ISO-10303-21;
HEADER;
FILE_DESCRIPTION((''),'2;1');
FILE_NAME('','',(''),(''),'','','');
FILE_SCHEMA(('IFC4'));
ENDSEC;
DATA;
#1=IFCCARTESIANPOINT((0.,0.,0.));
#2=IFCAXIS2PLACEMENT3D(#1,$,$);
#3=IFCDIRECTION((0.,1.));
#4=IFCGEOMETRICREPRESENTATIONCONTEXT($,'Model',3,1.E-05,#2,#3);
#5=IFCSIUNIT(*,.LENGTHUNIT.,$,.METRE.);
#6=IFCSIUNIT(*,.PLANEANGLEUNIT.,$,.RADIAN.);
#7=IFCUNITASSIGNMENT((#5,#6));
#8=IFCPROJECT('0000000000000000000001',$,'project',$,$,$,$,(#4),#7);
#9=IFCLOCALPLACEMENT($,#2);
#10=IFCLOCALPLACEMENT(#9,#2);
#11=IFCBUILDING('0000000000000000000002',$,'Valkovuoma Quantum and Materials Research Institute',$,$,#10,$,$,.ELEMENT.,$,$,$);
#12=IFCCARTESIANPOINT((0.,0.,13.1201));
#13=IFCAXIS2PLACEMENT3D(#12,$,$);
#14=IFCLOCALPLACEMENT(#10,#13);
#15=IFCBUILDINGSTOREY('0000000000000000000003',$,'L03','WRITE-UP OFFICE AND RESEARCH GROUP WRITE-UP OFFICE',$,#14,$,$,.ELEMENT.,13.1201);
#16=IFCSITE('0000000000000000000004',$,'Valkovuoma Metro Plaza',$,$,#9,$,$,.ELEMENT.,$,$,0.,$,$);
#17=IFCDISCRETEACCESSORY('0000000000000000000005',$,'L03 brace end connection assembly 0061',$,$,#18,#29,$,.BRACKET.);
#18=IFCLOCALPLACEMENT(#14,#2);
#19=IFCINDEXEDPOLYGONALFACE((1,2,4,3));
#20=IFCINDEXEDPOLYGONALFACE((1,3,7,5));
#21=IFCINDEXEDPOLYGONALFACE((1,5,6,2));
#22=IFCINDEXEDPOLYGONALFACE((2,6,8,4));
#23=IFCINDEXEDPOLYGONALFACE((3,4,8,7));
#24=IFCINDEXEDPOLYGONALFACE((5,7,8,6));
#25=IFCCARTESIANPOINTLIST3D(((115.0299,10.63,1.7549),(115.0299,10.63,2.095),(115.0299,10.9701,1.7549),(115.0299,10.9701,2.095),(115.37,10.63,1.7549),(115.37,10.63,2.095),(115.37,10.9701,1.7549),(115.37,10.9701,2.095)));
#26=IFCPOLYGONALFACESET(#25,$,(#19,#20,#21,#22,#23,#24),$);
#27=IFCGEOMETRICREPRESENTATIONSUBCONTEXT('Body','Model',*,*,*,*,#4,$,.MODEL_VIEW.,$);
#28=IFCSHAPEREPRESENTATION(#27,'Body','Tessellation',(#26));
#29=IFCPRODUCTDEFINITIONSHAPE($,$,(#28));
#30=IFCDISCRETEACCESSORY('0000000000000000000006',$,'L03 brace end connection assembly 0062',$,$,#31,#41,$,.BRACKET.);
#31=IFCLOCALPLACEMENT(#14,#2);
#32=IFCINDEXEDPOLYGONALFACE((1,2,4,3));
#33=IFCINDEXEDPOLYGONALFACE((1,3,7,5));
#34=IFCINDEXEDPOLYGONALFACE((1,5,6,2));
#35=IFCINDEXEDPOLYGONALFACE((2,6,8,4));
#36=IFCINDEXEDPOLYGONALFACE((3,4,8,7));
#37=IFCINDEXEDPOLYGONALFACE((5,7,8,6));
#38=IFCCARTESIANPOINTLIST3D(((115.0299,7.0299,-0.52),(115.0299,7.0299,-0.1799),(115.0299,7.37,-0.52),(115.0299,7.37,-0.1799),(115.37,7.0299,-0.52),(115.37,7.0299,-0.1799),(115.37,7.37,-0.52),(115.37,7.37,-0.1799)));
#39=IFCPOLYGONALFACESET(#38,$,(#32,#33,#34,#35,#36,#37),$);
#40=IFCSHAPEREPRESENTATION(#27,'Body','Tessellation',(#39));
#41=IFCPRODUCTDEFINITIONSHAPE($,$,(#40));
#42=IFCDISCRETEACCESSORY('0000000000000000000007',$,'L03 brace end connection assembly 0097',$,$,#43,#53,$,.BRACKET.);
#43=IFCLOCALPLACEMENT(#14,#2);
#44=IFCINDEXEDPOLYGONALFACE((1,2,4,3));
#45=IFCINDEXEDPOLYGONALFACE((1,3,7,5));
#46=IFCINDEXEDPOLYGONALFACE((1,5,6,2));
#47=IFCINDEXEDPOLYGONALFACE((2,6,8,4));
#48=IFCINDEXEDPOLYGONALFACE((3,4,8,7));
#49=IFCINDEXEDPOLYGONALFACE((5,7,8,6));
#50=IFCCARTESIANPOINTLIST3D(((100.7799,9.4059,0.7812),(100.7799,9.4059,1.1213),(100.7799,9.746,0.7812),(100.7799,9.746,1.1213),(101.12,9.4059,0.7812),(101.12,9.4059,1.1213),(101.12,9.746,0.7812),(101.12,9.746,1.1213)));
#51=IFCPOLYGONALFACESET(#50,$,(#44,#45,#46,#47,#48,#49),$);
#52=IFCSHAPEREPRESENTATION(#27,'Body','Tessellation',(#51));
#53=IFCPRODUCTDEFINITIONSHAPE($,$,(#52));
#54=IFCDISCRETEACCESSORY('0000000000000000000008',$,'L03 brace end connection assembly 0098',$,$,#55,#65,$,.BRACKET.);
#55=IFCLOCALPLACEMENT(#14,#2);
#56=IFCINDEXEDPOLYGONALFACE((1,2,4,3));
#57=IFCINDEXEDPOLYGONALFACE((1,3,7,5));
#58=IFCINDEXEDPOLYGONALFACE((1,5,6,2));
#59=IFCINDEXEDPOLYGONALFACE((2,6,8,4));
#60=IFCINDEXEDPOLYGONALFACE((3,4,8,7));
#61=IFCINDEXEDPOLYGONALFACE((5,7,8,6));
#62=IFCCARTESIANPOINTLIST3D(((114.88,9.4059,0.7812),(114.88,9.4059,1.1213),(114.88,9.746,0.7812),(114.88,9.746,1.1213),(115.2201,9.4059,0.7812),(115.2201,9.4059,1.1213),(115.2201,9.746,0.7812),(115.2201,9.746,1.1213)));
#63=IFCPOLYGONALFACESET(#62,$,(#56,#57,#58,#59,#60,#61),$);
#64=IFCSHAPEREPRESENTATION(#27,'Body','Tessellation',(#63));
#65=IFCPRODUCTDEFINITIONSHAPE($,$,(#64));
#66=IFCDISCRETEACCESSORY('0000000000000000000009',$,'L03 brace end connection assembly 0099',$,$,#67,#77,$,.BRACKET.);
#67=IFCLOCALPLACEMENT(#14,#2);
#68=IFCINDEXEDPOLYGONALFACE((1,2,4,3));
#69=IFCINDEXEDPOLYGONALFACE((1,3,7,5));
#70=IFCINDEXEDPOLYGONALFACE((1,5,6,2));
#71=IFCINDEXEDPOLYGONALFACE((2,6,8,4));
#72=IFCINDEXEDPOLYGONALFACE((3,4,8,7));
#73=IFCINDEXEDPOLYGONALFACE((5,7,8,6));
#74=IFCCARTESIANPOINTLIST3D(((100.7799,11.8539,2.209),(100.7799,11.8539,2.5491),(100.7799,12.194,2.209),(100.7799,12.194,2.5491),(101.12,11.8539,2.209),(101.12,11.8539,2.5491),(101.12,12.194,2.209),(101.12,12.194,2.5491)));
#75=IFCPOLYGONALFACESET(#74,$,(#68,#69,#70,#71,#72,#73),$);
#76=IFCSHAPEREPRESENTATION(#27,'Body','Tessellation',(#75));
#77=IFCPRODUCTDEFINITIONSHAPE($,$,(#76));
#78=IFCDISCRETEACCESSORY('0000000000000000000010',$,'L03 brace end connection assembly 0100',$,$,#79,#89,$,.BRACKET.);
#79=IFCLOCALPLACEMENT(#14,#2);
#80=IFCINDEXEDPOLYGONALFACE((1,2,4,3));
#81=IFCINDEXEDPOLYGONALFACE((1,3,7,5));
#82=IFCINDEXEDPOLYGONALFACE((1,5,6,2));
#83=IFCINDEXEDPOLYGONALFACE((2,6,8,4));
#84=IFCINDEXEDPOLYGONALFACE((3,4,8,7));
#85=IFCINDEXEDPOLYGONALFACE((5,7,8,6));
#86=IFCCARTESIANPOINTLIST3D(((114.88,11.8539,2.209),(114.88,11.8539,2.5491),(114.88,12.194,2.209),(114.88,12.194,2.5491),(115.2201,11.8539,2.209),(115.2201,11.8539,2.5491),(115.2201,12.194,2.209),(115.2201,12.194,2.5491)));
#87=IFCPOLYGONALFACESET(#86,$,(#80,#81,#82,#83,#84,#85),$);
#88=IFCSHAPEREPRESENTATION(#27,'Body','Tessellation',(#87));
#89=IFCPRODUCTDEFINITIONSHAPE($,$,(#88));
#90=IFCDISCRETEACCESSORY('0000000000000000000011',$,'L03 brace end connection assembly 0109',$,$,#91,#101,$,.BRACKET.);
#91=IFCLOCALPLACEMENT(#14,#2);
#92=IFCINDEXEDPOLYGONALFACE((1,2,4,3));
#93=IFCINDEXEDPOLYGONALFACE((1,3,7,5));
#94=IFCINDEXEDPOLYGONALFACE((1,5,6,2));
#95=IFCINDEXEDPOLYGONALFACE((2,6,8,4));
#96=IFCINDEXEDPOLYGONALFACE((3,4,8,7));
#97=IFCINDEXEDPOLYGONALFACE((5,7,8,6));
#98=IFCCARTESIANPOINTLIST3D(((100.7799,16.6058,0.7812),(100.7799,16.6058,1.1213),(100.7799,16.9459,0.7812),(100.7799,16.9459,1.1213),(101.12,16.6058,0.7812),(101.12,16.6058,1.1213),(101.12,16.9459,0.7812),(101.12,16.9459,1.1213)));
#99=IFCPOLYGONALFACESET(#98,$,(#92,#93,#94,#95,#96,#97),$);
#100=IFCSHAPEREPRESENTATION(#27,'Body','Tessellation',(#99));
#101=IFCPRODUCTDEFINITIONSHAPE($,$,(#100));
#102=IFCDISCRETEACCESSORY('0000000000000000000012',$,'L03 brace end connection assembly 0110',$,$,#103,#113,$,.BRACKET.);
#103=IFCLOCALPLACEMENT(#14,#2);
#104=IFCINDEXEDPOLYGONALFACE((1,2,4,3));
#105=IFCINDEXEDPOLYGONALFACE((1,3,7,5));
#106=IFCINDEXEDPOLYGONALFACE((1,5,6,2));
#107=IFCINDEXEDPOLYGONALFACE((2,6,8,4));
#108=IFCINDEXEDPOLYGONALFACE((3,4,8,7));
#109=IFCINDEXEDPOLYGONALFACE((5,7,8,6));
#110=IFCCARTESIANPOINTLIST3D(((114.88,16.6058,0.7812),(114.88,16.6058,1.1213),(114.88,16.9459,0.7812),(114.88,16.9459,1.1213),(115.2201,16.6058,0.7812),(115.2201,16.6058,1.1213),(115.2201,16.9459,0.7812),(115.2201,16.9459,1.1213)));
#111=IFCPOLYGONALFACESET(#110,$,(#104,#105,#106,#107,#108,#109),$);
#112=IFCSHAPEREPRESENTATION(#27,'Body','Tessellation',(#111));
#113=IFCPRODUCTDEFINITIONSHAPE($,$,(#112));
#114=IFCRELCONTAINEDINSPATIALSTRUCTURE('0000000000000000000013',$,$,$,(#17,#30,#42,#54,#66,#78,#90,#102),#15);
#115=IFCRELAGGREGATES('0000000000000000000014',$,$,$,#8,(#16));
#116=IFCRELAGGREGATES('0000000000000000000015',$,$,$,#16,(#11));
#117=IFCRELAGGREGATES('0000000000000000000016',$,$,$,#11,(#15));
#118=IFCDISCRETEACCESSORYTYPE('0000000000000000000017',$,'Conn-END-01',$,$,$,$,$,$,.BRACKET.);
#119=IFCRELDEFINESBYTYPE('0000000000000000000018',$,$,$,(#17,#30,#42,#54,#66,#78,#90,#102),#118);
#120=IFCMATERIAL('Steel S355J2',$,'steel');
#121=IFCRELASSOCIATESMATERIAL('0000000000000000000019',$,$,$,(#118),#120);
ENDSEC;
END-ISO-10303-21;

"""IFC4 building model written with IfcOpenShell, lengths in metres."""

from ifc_helpers import new_model, si_unit, direction, frame, origin, origin_2d, place, context, subcontext, project, spatial, rectangle, extrude, material, type_object, element, save


model = new_model("IFC4")

# Units and contexts
model_context = context("Model", 3, precision=1e-05, world=origin(), true_north=direction((0.0, 1.0)))
body_context = subcontext(model_context, "Body", "Model", "MODEL_VIEW")
ifc_project = project(units=[si_unit("LENGTHUNIT", "METRE"), si_unit("PLANEANGLEUNIT", "RADIAN")], contexts=[model_context])

# Site, building, storey
site_placement = place(None, origin())
site = spatial("IfcSite", under=ifc_project, at=site_placement, Name="Valkovuoma Metro Plaza", CompositionType="ELEMENT", RefElevation=0.0)
building_placement = place(site_placement, origin())
building = spatial("IfcBuilding", under=site, at=building_placement, Name="Valkovuoma Quantum and Materials Research Institute", CompositionType="ELEMENT")
storey_placement = place(building_placement, frame((0.0, 0.0, 13.1201)))
storey = spatial("IfcBuildingStorey", under=building, at=storey_placement, Name="L03", Description="WRITE-UP OFFICE AND RESEARCH GROUP WRITE-UP OFFICE", CompositionType="ELEMENT", Elevation=13.1201)

# Discrete accessories
ifc_material_1 = material(Name="Steel S355J2", Category="steel")
discrete_accessory_type = type_object("IfcDiscreteAccessoryType", Name="Conn-END-01", PredefinedType="BRACKET", material=ifc_material_1)
for number, where, z_axis, x_axis, name in (
    (1, (115.2, 10.8, 1.7549), (0.0, 0.0, 1.0), (1.0, 0.0, 0.0), "L03 brace end connection assembly 0061"),
    (2, (115.2, 7.2, -0.52), (0.0, 0.0, 1.0), (1.0, 0.0, 0.0), "L03 brace end connection assembly 0062"),
    (3, (100.95, 9.5759, 0.7812), (0.0, 0.0, 1.0), (1.0, 0.0, 0.0), "L03 brace end connection assembly 0097"),
    (4, (115.05, 9.5759, 0.7812), (0.0, 0.0, 1.0), (1.0, 0.0, 0.0), "L03 brace end connection assembly 0098"),
    (5, (100.95, 12.0239, 2.209), (0.0, 0.0, 1.0), (1.0, 0.0, 0.0), "L03 brace end connection assembly 0099"),
    (6, (115.05, 12.0239, 2.209), (0.0, 0.0, 1.0), (1.0, 0.0, 0.0), "L03 brace end connection assembly 0100"),
    (7, (100.95, 16.7759, 0.7812), (0.0, 0.0, 1.0), (1.0, 0.0, 0.0), "L03 brace end connection assembly 0109"),
    (8, (115.05, 16.7759, 0.7812), (0.0, 0.0, 1.0), (1.0, 0.0, 0.0), "L03 brace end connection assembly 0110"),
):
    element("IfcDiscreteAccessory", number, at=place(storey_placement, frame(where, z_axis=z_axis, x_axis=x_axis)), inside=storey, type_object=discrete_accessory_type, Name=name, PredefinedType="BRACKET", context=body_context, shape_type="SweptSolid", body=[
        extrude(rectangle(XDim=0.3401, YDim=0.3401, at=origin_2d()), origin(), (0.0, 0.0, 1.0), 0.3401),
    ])

save(model, "model.ifc")
